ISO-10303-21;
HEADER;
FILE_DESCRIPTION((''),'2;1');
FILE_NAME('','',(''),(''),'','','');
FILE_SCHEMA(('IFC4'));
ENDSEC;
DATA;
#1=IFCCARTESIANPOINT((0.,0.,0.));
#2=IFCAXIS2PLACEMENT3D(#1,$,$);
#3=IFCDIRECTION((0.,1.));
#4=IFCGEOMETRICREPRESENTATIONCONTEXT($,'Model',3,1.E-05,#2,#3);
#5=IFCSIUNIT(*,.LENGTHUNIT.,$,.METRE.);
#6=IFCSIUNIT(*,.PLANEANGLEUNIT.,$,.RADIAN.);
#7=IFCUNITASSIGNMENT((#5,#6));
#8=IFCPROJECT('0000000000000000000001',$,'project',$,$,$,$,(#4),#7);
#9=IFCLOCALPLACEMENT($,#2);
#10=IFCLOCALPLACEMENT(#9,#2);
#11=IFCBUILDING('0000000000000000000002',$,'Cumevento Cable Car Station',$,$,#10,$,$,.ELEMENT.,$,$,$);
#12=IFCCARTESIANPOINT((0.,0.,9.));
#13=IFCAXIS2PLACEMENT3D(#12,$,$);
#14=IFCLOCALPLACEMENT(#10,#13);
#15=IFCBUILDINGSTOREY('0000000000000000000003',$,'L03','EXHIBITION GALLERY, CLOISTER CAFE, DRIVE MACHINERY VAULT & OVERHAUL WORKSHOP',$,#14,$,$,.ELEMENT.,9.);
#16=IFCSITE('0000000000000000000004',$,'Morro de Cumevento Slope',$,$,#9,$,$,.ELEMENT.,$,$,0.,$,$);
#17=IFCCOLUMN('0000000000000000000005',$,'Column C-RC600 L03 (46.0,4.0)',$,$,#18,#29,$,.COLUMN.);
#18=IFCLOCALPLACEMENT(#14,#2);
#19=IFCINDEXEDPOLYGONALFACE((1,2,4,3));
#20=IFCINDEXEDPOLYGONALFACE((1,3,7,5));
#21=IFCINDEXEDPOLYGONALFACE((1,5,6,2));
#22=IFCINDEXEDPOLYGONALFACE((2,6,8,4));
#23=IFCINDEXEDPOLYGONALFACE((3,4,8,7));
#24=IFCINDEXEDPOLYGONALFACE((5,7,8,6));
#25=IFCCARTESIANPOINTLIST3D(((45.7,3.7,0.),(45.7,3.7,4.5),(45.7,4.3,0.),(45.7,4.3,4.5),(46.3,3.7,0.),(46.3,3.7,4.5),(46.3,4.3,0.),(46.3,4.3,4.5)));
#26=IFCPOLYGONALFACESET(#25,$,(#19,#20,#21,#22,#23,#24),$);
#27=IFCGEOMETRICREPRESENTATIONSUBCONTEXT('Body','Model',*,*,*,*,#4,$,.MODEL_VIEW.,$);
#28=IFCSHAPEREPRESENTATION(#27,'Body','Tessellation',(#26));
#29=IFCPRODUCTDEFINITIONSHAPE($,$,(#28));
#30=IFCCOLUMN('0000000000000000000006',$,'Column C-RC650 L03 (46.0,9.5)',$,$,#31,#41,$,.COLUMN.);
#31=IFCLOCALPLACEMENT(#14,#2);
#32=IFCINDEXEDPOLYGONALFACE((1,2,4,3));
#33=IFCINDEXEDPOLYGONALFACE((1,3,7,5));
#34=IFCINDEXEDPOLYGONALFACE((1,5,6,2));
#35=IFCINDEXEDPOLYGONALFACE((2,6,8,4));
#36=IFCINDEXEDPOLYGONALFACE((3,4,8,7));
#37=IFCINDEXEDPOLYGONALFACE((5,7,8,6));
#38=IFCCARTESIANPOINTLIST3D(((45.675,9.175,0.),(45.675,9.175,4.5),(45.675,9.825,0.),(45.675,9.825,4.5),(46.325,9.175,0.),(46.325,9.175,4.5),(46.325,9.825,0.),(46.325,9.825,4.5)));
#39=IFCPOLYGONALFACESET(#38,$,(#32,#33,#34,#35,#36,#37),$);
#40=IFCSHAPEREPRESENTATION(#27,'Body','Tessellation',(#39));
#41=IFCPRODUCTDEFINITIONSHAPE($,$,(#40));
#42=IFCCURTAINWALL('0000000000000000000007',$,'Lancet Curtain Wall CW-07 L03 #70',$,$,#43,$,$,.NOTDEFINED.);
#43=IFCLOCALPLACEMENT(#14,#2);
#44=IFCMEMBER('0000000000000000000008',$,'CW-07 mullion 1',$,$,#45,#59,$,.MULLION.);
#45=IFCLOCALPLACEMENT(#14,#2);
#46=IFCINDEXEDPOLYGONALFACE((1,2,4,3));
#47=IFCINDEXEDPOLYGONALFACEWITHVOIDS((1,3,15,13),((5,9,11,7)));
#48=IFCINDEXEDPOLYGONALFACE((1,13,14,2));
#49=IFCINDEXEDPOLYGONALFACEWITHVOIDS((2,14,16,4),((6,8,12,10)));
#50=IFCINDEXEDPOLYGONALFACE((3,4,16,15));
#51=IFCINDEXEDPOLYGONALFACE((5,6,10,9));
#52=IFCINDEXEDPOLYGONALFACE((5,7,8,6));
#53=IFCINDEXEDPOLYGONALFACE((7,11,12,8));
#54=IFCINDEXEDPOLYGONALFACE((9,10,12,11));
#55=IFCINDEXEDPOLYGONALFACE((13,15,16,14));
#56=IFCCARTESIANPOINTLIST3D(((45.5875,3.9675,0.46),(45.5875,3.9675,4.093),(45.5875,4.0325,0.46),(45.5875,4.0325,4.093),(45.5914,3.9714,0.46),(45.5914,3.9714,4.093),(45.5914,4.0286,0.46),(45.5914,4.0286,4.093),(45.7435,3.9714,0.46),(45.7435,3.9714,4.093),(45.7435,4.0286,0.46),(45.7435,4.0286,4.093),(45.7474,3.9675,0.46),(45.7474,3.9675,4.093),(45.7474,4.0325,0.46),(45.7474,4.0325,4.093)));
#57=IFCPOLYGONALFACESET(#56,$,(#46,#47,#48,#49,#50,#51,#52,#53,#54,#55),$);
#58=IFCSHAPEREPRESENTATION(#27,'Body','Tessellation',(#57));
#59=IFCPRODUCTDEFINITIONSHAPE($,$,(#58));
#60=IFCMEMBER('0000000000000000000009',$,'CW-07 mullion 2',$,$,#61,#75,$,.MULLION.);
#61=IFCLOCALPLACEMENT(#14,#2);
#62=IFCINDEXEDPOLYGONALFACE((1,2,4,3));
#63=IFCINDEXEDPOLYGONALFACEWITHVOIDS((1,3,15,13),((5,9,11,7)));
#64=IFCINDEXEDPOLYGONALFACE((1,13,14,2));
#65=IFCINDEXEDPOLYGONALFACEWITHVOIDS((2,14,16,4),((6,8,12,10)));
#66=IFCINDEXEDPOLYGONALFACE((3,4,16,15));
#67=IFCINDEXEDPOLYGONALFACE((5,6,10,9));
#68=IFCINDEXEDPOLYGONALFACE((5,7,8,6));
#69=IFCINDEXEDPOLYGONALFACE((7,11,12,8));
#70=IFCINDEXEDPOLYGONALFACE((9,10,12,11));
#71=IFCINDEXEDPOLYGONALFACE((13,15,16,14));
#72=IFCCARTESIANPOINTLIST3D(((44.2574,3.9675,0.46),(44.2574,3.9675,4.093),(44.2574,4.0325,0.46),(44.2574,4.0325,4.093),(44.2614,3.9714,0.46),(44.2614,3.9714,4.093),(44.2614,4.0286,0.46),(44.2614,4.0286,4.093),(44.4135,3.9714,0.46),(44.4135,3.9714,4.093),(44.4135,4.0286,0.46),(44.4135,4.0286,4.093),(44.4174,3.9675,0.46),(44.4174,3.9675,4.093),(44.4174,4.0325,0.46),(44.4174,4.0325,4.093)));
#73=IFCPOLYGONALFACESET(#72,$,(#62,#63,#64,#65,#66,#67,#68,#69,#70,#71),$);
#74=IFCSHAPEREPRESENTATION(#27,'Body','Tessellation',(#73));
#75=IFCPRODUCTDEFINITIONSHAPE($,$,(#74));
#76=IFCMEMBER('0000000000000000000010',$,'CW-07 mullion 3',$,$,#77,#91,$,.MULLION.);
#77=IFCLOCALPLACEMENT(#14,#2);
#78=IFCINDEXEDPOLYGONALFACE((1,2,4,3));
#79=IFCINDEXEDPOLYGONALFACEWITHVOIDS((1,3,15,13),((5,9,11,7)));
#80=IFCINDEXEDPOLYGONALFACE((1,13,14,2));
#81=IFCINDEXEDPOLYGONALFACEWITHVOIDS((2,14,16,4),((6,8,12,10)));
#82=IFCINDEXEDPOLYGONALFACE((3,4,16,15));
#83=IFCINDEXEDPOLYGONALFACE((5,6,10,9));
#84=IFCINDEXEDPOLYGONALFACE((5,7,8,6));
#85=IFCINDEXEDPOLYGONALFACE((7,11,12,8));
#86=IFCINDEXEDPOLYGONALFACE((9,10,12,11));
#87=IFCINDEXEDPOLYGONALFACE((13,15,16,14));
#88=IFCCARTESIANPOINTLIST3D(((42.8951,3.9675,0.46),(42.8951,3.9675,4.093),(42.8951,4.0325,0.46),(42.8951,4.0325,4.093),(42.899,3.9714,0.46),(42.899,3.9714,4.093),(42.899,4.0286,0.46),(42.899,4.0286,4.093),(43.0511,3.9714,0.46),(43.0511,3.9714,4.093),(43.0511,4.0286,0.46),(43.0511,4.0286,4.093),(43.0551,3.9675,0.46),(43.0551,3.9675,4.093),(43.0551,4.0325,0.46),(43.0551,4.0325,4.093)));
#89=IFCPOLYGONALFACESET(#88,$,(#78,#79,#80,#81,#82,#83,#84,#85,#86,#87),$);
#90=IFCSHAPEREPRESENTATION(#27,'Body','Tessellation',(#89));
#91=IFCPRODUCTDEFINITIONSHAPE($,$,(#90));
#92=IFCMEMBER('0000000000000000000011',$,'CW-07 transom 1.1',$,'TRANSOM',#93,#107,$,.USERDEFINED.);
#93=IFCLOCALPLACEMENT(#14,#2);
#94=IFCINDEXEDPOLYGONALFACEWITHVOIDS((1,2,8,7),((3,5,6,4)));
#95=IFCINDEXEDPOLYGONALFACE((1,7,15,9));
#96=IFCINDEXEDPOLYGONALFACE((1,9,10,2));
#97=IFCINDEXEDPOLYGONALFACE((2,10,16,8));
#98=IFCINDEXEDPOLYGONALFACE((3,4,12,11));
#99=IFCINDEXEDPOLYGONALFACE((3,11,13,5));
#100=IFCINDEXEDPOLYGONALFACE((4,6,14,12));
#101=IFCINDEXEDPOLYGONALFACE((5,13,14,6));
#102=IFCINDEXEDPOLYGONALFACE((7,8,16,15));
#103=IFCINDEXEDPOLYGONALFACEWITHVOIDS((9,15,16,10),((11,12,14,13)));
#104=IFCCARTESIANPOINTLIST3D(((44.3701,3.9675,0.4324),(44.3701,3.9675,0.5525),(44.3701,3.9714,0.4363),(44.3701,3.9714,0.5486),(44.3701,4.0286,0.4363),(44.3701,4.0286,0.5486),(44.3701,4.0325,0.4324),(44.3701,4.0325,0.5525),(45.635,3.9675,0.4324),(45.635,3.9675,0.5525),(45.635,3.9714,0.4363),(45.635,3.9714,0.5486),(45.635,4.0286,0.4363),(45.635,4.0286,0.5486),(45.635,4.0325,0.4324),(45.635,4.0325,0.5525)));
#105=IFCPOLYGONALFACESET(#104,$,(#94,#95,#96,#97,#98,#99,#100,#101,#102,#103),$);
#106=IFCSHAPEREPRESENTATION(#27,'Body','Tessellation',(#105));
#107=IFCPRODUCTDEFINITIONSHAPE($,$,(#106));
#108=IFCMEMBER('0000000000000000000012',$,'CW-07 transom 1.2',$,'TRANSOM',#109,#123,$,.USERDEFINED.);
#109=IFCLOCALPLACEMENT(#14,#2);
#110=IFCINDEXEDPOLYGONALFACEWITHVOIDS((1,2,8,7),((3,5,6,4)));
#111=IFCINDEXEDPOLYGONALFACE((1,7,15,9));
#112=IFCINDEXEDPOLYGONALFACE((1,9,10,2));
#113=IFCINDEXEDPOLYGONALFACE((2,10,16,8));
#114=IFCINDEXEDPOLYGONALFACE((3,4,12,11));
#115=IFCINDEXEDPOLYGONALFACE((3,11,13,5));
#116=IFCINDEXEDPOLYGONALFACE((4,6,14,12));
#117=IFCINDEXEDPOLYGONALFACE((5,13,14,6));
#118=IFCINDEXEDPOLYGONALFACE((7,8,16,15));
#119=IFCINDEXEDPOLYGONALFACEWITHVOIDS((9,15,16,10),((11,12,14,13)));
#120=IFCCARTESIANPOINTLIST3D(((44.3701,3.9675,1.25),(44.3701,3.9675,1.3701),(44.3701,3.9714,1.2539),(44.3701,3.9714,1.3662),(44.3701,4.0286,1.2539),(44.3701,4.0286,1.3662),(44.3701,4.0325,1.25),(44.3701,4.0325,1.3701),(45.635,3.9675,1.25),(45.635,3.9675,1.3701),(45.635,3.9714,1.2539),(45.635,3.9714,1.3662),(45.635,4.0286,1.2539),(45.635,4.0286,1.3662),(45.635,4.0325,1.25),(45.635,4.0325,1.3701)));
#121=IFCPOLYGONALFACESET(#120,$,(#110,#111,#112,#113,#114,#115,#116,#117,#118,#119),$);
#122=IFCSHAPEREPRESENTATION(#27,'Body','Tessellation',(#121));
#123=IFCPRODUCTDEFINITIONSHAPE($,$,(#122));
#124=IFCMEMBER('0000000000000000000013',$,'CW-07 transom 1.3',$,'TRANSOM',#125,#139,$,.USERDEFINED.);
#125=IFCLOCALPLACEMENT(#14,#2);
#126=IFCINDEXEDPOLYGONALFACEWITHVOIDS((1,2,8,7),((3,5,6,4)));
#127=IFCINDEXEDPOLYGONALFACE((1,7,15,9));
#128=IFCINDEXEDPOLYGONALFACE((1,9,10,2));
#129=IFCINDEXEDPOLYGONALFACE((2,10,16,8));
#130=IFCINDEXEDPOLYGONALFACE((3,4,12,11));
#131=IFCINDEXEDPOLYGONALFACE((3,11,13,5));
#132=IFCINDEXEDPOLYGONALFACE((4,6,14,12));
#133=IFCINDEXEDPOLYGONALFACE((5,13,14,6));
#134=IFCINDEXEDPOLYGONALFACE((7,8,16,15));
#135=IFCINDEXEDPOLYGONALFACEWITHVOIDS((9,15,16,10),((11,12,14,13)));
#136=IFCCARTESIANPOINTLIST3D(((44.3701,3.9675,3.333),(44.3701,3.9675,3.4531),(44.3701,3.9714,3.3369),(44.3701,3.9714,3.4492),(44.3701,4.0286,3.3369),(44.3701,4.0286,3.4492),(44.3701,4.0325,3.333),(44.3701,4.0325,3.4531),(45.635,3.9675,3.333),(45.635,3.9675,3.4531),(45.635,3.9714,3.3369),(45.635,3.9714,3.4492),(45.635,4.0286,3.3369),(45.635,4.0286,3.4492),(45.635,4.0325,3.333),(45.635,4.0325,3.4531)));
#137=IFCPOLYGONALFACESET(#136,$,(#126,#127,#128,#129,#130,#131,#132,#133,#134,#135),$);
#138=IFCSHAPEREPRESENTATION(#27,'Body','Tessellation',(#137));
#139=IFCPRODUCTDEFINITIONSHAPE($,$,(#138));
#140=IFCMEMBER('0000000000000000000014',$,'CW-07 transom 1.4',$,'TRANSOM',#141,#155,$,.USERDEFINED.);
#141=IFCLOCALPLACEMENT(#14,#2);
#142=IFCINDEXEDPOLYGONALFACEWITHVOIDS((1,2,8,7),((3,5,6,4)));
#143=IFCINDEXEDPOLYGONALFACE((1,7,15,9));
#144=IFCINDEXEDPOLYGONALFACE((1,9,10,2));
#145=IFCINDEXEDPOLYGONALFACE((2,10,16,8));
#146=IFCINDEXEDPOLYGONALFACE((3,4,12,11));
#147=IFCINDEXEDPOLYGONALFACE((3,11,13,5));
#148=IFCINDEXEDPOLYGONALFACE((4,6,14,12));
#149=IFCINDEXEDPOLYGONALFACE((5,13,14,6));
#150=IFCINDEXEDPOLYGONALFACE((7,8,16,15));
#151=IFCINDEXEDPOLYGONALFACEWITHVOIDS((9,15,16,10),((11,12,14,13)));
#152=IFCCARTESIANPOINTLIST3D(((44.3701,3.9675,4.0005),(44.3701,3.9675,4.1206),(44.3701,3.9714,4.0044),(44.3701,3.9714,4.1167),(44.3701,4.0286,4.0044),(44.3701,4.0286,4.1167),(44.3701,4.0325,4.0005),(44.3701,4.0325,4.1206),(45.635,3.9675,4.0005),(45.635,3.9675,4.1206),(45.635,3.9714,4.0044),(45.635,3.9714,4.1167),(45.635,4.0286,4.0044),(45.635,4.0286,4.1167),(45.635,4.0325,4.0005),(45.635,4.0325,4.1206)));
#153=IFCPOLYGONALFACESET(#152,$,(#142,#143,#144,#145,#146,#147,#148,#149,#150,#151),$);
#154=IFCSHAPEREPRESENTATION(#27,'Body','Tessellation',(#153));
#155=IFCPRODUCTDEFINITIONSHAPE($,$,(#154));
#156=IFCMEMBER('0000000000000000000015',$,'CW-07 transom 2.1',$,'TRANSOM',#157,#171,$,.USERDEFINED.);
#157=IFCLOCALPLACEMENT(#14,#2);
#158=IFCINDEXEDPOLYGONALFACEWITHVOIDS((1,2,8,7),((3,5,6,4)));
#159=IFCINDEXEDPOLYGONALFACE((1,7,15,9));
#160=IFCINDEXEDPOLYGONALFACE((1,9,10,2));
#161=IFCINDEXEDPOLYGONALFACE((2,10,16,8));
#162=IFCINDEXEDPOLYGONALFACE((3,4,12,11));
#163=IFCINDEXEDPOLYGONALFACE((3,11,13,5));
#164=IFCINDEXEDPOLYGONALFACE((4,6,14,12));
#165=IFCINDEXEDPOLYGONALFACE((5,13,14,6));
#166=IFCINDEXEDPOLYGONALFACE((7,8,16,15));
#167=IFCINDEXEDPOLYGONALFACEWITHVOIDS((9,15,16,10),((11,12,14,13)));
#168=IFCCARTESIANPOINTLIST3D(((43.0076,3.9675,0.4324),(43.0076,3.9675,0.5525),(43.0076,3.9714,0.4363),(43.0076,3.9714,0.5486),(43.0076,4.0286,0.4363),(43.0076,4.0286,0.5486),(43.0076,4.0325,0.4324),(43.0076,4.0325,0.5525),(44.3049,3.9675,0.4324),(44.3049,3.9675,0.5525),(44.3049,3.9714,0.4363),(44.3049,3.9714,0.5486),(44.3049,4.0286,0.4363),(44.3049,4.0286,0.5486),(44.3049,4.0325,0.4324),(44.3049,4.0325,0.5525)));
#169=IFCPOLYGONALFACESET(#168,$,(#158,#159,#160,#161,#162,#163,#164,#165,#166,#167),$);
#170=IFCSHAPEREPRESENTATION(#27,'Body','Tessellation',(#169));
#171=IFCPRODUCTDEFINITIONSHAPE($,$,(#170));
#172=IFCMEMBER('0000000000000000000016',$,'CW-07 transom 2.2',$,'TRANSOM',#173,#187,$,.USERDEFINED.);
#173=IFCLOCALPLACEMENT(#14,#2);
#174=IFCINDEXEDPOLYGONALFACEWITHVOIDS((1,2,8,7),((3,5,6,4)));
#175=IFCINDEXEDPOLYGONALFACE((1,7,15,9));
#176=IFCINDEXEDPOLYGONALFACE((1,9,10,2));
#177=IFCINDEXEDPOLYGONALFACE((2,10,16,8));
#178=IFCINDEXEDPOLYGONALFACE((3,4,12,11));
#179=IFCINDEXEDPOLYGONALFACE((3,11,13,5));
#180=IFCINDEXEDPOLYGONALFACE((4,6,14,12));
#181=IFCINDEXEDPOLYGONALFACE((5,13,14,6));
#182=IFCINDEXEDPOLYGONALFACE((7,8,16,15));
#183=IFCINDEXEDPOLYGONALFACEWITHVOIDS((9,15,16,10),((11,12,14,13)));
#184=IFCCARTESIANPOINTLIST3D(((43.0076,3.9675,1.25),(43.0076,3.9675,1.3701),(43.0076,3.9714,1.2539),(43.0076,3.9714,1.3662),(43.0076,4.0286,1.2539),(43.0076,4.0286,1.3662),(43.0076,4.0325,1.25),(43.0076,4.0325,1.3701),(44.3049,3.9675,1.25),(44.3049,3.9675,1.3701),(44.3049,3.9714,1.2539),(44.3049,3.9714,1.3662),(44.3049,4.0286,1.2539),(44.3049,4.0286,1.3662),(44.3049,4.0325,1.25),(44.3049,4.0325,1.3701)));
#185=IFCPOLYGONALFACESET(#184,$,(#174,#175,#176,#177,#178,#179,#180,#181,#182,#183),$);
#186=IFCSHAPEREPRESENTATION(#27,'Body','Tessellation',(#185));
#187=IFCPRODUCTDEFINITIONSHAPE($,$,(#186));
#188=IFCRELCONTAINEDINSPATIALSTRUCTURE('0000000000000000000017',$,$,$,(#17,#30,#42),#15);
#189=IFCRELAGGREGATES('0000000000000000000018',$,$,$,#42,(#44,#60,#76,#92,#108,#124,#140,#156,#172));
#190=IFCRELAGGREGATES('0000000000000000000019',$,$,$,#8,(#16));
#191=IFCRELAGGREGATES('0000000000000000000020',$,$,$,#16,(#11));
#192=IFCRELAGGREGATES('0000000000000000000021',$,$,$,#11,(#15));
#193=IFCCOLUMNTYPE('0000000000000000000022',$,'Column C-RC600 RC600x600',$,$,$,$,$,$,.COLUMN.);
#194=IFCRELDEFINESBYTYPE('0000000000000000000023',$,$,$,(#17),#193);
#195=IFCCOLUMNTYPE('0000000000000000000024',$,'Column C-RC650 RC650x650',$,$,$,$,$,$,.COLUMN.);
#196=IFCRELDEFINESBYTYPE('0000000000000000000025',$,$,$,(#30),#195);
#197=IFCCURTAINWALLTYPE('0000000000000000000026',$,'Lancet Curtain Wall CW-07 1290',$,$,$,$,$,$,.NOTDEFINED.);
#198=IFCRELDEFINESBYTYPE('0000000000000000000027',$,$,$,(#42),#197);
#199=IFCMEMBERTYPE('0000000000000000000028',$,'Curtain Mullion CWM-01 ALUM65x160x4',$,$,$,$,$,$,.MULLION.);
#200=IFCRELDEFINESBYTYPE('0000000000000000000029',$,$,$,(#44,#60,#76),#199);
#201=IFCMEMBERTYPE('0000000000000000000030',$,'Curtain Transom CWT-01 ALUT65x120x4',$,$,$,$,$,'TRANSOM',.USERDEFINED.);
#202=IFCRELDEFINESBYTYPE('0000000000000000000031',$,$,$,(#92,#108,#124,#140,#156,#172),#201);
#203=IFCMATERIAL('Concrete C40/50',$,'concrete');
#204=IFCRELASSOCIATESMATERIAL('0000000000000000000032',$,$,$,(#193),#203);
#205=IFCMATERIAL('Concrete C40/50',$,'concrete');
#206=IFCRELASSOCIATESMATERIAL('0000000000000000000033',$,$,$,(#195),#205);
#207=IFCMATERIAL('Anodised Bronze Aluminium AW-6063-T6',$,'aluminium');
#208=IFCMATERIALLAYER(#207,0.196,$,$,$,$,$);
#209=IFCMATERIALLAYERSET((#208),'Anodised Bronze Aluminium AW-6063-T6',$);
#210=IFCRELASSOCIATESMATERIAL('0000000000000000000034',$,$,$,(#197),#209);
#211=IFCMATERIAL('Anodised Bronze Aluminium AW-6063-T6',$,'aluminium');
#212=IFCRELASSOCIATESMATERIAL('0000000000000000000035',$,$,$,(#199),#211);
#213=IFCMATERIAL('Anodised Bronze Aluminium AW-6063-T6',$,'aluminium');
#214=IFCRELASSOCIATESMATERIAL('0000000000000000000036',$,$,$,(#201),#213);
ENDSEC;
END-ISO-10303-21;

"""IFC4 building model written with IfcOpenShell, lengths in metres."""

from ifc_helpers import new_model, si_unit, direction, frame, origin, origin_2d, place, context, subcontext, project, spatial, rectangle, hollow_rectangle, extrude, material, layer, layer_set, material_profile, profile_set, type_object, element, aggregate, save


model = new_model("IFC4")

# Units and contexts
model_context = context("Model", 3, precision=1e-05, world=origin(), true_north=direction((0.0, 1.0)))
body_context = subcontext(model_context, "Body", "Model", "MODEL_VIEW")
ifc_project = project(units=[si_unit("LENGTHUNIT", "METRE"), si_unit("PLANEANGLEUNIT", "RADIAN")], contexts=[model_context])

# Site, building, storey
site_placement = place(None, origin())
site = spatial("IfcSite", under=ifc_project, at=site_placement, Name="Morro de Cumevento Slope", CompositionType="ELEMENT", RefElevation=0.0)
building_placement = place(site_placement, origin())
building = spatial("IfcBuilding", under=site, at=building_placement, Name="Cumevento Cable Car Station", CompositionType="ELEMENT")
storey_placement = place(building_placement, frame((0.0, 0.0, 9.0)))
storey = spatial("IfcBuildingStorey", under=building, at=storey_placement, Name="L03", Description="EXHIBITION GALLERY, CLOISTER CAFE, DRIVE MACHINERY VAULT & OVERHAUL WORKSHOP", CompositionType="ELEMENT", Elevation=9.0)

# Columns
ifc_material_1 = material(Name="Concrete C40/50", Category="concrete")
ifc_material_profile_1 = material_profile(ifc_material_1, rectangle(XDim=0.6001, YDim=0.6001, at=origin_2d()), Name="RC600x600")
ifc_profile_set_1 = profile_set([ifc_material_profile_1], Name="Concrete C40/50")
column_type_1 = type_object("IfcColumnType", Name="Column C-RC600 RC600x600", PredefinedType="COLUMN", material=ifc_profile_set_1)
column_1_placement = place(storey_placement, frame((46.0, 4.0, 0.0), z_axis=(0.0, 0.0, 1.0), x_axis=(1.0, 0.0, 0.0)))
element("IfcColumn", 1, at=column_1_placement, inside=storey, type_object=column_type_1, Name="Column C-RC600 L03 (46.0,4.0)", PredefinedType="COLUMN", context=body_context, shape_type="SweptSolid", body=[
    extrude(rectangle(XDim=0.6001, YDim=0.6001, at=origin_2d()), origin(), (0.0, 0.0, 1.0), 4.5),
])
ifc_material_2 = material(Name="Concrete C40/50", Category="concrete")
ifc_material_profile_2 = material_profile(ifc_material_2, rectangle(XDim=0.6499, YDim=0.6499, at=origin_2d()), Name="RC650x650")
ifc_profile_set_2 = profile_set([ifc_material_profile_2], Name="Concrete C40/50")
column_type_2 = type_object("IfcColumnType", Name="Column C-RC650 RC650x650", PredefinedType="COLUMN", material=ifc_profile_set_2)
column_2_placement = place(storey_placement, frame((46.0, 9.5, 0.0), z_axis=(0.0, 0.0, 1.0), x_axis=(1.0, 0.0, 0.0)))
element("IfcColumn", 2, at=column_2_placement, inside=storey, type_object=column_type_2, Name="Column C-RC650 L03 (46.0,9.5)", PredefinedType="COLUMN", context=body_context, shape_type="SweptSolid", body=[
    extrude(rectangle(XDim=0.6499, YDim=0.6499, at=origin_2d()), origin(), (0.0, 0.0, 1.0), 4.5),
])

# Curtain wall, members
ifc_material_3 = material(Name="Anodised Bronze Aluminium AW-6063-T6", Category="aluminium")
ifc_layer_1 = layer(ifc_material_3, 0.196)
ifc_layer_set_1 = layer_set([ifc_layer_1], Name="Anodised Bronze Aluminium AW-6063-T6")
curtain_wall_type = type_object("IfcCurtainWallType", Name="Lancet Curtain Wall CW-07 1290", PredefinedType="NOTDEFINED", material=ifc_layer_set_1)
curtain_wall_placement = place(storey_placement, origin())
curtain_wall = element("IfcCurtainWall", 3, at=curtain_wall_placement, inside=storey, type_object=curtain_wall_type, Name="Lancet Curtain Wall CW-07 L03 #70", PredefinedType="NOTDEFINED")
ifc_material_4 = material(Name="Anodised Bronze Aluminium AW-6063-T6", Category="aluminium")
ifc_material_profile_3 = material_profile(ifc_material_4, hollow_rectangle(XDim=0.0649, YDim=0.1599, WallThickness=0.0039, at=origin_2d()), Name="ALUM65x160x4")
ifc_profile_set_3 = profile_set([ifc_material_profile_3], Name="Anodised Bronze Aluminium AW-6063-T6")
member_type_1 = type_object("IfcMemberType", Name="Curtain Mullion CWM-01 ALUM65x160x4", PredefinedType="MULLION", material=ifc_profile_set_3)
member_1_placement = place(storey_placement, frame((45.6675, 4.0, 0.46), z_axis=(0.0, 0.0, 1.0), x_axis=(0.0, -1.0, 0.0)))
member_1 = element("IfcMember", 4, at=member_1_placement, type_object=member_type_1, Name="CW-07 mullion 1", PredefinedType="MULLION", context=body_context, shape_type="SweptSolid", body=[
    extrude(hollow_rectangle(XDim=0.0649, YDim=0.1599, WallThickness=0.0039, at=origin_2d()), origin(), (0.0, 0.0, 1.0), 3.6331),
])
member_2_placement = place(storey_placement, frame((44.3374, 4.0, 0.46), z_axis=(0.0, 0.0, 1.0), x_axis=(0.0, -1.0, 0.0)))
member_2 = element("IfcMember", 5, at=member_2_placement, type_object=member_type_1, Name="CW-07 mullion 2", PredefinedType="MULLION", context=body_context, shape_type="SweptSolid", body=[
    extrude(hollow_rectangle(XDim=0.0649, YDim=0.1599, WallThickness=0.0039, at=origin_2d()), origin(), (0.0, 0.0, 1.0), 3.6331),
])
member_3_placement = place(storey_placement, frame((42.9751, 4.0, 0.46), z_axis=(0.0, 0.0, 1.0), x_axis=(0.0, -1.0, 0.0)))
member_3 = element("IfcMember", 6, at=member_3_placement, type_object=member_type_1, Name="CW-07 mullion 3", PredefinedType="MULLION", context=body_context, shape_type="SweptSolid", body=[
    extrude(hollow_rectangle(XDim=0.0649, YDim=0.1599, WallThickness=0.0039, at=origin_2d()), origin(), (0.0, 0.0, 1.0), 3.6331),
])
ifc_material_5 = material(Name="Anodised Bronze Aluminium AW-6063-T6", Category="aluminium")
ifc_material_profile_4 = material_profile(ifc_material_5, hollow_rectangle(XDim=0.0649, YDim=0.1201, WallThickness=0.0039, at=origin_2d()), Name="ALUT65x120x4")
ifc_profile_set_4 = profile_set([ifc_material_profile_4], Name="Anodised Bronze Aluminium AW-6063-T6")
member_type_2 = type_object("IfcMemberType", Name="Curtain Transom CWT-01 ALUT65x120x4", ElementType="TRANSOM", PredefinedType="USERDEFINED", material=ifc_profile_set_4)
member_4_placement = place(storey_placement, frame((45.635, 4.0, 0.4924), z_axis=(-1.0, 0.0, 0.0), x_axis=(0.0, -1.0, 0.0)))
member_4 = element("IfcMember", 7, at=member_4_placement, type_object=member_type_2, Name="CW-07 transom 1.1", ObjectType="TRANSOM", PredefinedType="USERDEFINED", context=body_context, shape_type="SweptSolid", body=[
    extrude(hollow_rectangle(XDim=0.0649, YDim=0.1201, WallThickness=0.0039, at=origin_2d()), origin(), (0.0, 0.0, 1.0), 1.2649),
])
member_5_placement = place(storey_placement, frame((45.635, 4.0, 1.3101), z_axis=(-1.0, 0.0, 0.0), x_axis=(0.0, -1.0, 0.0)))
member_5 = element("IfcMember", 8, at=member_5_placement, type_object=member_type_2, Name="CW-07 transom 1.2", ObjectType="TRANSOM", PredefinedType="USERDEFINED", context=body_context, shape_type="SweptSolid", body=[
    extrude(hollow_rectangle(XDim=0.0649, YDim=0.1201, WallThickness=0.0039, at=origin_2d()), origin(), (0.0, 0.0, 1.0), 1.2649),
])
member_6_placement = place(storey_placement, frame((45.635, 4.0, 3.3931), z_axis=(-1.0, 0.0, 0.0), x_axis=(0.0, -1.0, 0.0)))
member_6 = element("IfcMember", 9, at=member_6_placement, type_object=member_type_2, Name="CW-07 transom 1.3", ObjectType="TRANSOM", PredefinedType="USERDEFINED", context=body_context, shape_type="SweptSolid", body=[
    extrude(hollow_rectangle(XDim=0.0649, YDim=0.1201, WallThickness=0.0039, at=origin_2d()), origin(), (0.0, 0.0, 1.0), 1.2649),
])
member_7_placement = place(storey_placement, frame((45.635, 4.0, 4.0605), z_axis=(-1.0, 0.0, 0.0), x_axis=(0.0, -1.0, 0.0)))
member_7 = element("IfcMember", 10, at=member_7_placement, type_object=member_type_2, Name="CW-07 transom 1.4", ObjectType="TRANSOM", PredefinedType="USERDEFINED", context=body_context, shape_type="SweptSolid", body=[
    extrude(hollow_rectangle(XDim=0.0649, YDim=0.1201, WallThickness=0.0039, at=origin_2d()), origin(), (0.0, 0.0, 1.0), 1.2649),
])
member_8_placement = place(storey_placement, frame((44.3049, 4.0, 0.4924), z_axis=(-1.0, 0.0, 0.0), x_axis=(0.0, -1.0, 0.0)))
member_8 = element("IfcMember", 11, at=member_8_placement, type_object=member_type_2, Name="CW-07 transom 2.1", ObjectType="TRANSOM", PredefinedType="USERDEFINED", context=body_context, shape_type="SweptSolid", body=[
    extrude(hollow_rectangle(XDim=0.0649, YDim=0.1201, WallThickness=0.0039, at=origin_2d()), origin(), (0.0, 0.0, 1.0), 1.2974),
])
member_9_placement = place(storey_placement, frame((44.3049, 4.0, 1.3101), z_axis=(-1.0, 0.0, 0.0), x_axis=(0.0, -1.0, 0.0)))
member_9 = element("IfcMember", 12, at=member_9_placement, type_object=member_type_2, Name="CW-07 transom 2.2", ObjectType="TRANSOM", PredefinedType="USERDEFINED", context=body_context, shape_type="SweptSolid", body=[
    extrude(hollow_rectangle(XDim=0.0649, YDim=0.1201, WallThickness=0.0039, at=origin_2d()), origin(), (0.0, 0.0, 1.0), 1.2974),
])

aggregate(curtain_wall, [member_1, member_2, member_3, member_4, member_5, member_6, member_7, member_8, member_9])

save(model, "model.ifc")
